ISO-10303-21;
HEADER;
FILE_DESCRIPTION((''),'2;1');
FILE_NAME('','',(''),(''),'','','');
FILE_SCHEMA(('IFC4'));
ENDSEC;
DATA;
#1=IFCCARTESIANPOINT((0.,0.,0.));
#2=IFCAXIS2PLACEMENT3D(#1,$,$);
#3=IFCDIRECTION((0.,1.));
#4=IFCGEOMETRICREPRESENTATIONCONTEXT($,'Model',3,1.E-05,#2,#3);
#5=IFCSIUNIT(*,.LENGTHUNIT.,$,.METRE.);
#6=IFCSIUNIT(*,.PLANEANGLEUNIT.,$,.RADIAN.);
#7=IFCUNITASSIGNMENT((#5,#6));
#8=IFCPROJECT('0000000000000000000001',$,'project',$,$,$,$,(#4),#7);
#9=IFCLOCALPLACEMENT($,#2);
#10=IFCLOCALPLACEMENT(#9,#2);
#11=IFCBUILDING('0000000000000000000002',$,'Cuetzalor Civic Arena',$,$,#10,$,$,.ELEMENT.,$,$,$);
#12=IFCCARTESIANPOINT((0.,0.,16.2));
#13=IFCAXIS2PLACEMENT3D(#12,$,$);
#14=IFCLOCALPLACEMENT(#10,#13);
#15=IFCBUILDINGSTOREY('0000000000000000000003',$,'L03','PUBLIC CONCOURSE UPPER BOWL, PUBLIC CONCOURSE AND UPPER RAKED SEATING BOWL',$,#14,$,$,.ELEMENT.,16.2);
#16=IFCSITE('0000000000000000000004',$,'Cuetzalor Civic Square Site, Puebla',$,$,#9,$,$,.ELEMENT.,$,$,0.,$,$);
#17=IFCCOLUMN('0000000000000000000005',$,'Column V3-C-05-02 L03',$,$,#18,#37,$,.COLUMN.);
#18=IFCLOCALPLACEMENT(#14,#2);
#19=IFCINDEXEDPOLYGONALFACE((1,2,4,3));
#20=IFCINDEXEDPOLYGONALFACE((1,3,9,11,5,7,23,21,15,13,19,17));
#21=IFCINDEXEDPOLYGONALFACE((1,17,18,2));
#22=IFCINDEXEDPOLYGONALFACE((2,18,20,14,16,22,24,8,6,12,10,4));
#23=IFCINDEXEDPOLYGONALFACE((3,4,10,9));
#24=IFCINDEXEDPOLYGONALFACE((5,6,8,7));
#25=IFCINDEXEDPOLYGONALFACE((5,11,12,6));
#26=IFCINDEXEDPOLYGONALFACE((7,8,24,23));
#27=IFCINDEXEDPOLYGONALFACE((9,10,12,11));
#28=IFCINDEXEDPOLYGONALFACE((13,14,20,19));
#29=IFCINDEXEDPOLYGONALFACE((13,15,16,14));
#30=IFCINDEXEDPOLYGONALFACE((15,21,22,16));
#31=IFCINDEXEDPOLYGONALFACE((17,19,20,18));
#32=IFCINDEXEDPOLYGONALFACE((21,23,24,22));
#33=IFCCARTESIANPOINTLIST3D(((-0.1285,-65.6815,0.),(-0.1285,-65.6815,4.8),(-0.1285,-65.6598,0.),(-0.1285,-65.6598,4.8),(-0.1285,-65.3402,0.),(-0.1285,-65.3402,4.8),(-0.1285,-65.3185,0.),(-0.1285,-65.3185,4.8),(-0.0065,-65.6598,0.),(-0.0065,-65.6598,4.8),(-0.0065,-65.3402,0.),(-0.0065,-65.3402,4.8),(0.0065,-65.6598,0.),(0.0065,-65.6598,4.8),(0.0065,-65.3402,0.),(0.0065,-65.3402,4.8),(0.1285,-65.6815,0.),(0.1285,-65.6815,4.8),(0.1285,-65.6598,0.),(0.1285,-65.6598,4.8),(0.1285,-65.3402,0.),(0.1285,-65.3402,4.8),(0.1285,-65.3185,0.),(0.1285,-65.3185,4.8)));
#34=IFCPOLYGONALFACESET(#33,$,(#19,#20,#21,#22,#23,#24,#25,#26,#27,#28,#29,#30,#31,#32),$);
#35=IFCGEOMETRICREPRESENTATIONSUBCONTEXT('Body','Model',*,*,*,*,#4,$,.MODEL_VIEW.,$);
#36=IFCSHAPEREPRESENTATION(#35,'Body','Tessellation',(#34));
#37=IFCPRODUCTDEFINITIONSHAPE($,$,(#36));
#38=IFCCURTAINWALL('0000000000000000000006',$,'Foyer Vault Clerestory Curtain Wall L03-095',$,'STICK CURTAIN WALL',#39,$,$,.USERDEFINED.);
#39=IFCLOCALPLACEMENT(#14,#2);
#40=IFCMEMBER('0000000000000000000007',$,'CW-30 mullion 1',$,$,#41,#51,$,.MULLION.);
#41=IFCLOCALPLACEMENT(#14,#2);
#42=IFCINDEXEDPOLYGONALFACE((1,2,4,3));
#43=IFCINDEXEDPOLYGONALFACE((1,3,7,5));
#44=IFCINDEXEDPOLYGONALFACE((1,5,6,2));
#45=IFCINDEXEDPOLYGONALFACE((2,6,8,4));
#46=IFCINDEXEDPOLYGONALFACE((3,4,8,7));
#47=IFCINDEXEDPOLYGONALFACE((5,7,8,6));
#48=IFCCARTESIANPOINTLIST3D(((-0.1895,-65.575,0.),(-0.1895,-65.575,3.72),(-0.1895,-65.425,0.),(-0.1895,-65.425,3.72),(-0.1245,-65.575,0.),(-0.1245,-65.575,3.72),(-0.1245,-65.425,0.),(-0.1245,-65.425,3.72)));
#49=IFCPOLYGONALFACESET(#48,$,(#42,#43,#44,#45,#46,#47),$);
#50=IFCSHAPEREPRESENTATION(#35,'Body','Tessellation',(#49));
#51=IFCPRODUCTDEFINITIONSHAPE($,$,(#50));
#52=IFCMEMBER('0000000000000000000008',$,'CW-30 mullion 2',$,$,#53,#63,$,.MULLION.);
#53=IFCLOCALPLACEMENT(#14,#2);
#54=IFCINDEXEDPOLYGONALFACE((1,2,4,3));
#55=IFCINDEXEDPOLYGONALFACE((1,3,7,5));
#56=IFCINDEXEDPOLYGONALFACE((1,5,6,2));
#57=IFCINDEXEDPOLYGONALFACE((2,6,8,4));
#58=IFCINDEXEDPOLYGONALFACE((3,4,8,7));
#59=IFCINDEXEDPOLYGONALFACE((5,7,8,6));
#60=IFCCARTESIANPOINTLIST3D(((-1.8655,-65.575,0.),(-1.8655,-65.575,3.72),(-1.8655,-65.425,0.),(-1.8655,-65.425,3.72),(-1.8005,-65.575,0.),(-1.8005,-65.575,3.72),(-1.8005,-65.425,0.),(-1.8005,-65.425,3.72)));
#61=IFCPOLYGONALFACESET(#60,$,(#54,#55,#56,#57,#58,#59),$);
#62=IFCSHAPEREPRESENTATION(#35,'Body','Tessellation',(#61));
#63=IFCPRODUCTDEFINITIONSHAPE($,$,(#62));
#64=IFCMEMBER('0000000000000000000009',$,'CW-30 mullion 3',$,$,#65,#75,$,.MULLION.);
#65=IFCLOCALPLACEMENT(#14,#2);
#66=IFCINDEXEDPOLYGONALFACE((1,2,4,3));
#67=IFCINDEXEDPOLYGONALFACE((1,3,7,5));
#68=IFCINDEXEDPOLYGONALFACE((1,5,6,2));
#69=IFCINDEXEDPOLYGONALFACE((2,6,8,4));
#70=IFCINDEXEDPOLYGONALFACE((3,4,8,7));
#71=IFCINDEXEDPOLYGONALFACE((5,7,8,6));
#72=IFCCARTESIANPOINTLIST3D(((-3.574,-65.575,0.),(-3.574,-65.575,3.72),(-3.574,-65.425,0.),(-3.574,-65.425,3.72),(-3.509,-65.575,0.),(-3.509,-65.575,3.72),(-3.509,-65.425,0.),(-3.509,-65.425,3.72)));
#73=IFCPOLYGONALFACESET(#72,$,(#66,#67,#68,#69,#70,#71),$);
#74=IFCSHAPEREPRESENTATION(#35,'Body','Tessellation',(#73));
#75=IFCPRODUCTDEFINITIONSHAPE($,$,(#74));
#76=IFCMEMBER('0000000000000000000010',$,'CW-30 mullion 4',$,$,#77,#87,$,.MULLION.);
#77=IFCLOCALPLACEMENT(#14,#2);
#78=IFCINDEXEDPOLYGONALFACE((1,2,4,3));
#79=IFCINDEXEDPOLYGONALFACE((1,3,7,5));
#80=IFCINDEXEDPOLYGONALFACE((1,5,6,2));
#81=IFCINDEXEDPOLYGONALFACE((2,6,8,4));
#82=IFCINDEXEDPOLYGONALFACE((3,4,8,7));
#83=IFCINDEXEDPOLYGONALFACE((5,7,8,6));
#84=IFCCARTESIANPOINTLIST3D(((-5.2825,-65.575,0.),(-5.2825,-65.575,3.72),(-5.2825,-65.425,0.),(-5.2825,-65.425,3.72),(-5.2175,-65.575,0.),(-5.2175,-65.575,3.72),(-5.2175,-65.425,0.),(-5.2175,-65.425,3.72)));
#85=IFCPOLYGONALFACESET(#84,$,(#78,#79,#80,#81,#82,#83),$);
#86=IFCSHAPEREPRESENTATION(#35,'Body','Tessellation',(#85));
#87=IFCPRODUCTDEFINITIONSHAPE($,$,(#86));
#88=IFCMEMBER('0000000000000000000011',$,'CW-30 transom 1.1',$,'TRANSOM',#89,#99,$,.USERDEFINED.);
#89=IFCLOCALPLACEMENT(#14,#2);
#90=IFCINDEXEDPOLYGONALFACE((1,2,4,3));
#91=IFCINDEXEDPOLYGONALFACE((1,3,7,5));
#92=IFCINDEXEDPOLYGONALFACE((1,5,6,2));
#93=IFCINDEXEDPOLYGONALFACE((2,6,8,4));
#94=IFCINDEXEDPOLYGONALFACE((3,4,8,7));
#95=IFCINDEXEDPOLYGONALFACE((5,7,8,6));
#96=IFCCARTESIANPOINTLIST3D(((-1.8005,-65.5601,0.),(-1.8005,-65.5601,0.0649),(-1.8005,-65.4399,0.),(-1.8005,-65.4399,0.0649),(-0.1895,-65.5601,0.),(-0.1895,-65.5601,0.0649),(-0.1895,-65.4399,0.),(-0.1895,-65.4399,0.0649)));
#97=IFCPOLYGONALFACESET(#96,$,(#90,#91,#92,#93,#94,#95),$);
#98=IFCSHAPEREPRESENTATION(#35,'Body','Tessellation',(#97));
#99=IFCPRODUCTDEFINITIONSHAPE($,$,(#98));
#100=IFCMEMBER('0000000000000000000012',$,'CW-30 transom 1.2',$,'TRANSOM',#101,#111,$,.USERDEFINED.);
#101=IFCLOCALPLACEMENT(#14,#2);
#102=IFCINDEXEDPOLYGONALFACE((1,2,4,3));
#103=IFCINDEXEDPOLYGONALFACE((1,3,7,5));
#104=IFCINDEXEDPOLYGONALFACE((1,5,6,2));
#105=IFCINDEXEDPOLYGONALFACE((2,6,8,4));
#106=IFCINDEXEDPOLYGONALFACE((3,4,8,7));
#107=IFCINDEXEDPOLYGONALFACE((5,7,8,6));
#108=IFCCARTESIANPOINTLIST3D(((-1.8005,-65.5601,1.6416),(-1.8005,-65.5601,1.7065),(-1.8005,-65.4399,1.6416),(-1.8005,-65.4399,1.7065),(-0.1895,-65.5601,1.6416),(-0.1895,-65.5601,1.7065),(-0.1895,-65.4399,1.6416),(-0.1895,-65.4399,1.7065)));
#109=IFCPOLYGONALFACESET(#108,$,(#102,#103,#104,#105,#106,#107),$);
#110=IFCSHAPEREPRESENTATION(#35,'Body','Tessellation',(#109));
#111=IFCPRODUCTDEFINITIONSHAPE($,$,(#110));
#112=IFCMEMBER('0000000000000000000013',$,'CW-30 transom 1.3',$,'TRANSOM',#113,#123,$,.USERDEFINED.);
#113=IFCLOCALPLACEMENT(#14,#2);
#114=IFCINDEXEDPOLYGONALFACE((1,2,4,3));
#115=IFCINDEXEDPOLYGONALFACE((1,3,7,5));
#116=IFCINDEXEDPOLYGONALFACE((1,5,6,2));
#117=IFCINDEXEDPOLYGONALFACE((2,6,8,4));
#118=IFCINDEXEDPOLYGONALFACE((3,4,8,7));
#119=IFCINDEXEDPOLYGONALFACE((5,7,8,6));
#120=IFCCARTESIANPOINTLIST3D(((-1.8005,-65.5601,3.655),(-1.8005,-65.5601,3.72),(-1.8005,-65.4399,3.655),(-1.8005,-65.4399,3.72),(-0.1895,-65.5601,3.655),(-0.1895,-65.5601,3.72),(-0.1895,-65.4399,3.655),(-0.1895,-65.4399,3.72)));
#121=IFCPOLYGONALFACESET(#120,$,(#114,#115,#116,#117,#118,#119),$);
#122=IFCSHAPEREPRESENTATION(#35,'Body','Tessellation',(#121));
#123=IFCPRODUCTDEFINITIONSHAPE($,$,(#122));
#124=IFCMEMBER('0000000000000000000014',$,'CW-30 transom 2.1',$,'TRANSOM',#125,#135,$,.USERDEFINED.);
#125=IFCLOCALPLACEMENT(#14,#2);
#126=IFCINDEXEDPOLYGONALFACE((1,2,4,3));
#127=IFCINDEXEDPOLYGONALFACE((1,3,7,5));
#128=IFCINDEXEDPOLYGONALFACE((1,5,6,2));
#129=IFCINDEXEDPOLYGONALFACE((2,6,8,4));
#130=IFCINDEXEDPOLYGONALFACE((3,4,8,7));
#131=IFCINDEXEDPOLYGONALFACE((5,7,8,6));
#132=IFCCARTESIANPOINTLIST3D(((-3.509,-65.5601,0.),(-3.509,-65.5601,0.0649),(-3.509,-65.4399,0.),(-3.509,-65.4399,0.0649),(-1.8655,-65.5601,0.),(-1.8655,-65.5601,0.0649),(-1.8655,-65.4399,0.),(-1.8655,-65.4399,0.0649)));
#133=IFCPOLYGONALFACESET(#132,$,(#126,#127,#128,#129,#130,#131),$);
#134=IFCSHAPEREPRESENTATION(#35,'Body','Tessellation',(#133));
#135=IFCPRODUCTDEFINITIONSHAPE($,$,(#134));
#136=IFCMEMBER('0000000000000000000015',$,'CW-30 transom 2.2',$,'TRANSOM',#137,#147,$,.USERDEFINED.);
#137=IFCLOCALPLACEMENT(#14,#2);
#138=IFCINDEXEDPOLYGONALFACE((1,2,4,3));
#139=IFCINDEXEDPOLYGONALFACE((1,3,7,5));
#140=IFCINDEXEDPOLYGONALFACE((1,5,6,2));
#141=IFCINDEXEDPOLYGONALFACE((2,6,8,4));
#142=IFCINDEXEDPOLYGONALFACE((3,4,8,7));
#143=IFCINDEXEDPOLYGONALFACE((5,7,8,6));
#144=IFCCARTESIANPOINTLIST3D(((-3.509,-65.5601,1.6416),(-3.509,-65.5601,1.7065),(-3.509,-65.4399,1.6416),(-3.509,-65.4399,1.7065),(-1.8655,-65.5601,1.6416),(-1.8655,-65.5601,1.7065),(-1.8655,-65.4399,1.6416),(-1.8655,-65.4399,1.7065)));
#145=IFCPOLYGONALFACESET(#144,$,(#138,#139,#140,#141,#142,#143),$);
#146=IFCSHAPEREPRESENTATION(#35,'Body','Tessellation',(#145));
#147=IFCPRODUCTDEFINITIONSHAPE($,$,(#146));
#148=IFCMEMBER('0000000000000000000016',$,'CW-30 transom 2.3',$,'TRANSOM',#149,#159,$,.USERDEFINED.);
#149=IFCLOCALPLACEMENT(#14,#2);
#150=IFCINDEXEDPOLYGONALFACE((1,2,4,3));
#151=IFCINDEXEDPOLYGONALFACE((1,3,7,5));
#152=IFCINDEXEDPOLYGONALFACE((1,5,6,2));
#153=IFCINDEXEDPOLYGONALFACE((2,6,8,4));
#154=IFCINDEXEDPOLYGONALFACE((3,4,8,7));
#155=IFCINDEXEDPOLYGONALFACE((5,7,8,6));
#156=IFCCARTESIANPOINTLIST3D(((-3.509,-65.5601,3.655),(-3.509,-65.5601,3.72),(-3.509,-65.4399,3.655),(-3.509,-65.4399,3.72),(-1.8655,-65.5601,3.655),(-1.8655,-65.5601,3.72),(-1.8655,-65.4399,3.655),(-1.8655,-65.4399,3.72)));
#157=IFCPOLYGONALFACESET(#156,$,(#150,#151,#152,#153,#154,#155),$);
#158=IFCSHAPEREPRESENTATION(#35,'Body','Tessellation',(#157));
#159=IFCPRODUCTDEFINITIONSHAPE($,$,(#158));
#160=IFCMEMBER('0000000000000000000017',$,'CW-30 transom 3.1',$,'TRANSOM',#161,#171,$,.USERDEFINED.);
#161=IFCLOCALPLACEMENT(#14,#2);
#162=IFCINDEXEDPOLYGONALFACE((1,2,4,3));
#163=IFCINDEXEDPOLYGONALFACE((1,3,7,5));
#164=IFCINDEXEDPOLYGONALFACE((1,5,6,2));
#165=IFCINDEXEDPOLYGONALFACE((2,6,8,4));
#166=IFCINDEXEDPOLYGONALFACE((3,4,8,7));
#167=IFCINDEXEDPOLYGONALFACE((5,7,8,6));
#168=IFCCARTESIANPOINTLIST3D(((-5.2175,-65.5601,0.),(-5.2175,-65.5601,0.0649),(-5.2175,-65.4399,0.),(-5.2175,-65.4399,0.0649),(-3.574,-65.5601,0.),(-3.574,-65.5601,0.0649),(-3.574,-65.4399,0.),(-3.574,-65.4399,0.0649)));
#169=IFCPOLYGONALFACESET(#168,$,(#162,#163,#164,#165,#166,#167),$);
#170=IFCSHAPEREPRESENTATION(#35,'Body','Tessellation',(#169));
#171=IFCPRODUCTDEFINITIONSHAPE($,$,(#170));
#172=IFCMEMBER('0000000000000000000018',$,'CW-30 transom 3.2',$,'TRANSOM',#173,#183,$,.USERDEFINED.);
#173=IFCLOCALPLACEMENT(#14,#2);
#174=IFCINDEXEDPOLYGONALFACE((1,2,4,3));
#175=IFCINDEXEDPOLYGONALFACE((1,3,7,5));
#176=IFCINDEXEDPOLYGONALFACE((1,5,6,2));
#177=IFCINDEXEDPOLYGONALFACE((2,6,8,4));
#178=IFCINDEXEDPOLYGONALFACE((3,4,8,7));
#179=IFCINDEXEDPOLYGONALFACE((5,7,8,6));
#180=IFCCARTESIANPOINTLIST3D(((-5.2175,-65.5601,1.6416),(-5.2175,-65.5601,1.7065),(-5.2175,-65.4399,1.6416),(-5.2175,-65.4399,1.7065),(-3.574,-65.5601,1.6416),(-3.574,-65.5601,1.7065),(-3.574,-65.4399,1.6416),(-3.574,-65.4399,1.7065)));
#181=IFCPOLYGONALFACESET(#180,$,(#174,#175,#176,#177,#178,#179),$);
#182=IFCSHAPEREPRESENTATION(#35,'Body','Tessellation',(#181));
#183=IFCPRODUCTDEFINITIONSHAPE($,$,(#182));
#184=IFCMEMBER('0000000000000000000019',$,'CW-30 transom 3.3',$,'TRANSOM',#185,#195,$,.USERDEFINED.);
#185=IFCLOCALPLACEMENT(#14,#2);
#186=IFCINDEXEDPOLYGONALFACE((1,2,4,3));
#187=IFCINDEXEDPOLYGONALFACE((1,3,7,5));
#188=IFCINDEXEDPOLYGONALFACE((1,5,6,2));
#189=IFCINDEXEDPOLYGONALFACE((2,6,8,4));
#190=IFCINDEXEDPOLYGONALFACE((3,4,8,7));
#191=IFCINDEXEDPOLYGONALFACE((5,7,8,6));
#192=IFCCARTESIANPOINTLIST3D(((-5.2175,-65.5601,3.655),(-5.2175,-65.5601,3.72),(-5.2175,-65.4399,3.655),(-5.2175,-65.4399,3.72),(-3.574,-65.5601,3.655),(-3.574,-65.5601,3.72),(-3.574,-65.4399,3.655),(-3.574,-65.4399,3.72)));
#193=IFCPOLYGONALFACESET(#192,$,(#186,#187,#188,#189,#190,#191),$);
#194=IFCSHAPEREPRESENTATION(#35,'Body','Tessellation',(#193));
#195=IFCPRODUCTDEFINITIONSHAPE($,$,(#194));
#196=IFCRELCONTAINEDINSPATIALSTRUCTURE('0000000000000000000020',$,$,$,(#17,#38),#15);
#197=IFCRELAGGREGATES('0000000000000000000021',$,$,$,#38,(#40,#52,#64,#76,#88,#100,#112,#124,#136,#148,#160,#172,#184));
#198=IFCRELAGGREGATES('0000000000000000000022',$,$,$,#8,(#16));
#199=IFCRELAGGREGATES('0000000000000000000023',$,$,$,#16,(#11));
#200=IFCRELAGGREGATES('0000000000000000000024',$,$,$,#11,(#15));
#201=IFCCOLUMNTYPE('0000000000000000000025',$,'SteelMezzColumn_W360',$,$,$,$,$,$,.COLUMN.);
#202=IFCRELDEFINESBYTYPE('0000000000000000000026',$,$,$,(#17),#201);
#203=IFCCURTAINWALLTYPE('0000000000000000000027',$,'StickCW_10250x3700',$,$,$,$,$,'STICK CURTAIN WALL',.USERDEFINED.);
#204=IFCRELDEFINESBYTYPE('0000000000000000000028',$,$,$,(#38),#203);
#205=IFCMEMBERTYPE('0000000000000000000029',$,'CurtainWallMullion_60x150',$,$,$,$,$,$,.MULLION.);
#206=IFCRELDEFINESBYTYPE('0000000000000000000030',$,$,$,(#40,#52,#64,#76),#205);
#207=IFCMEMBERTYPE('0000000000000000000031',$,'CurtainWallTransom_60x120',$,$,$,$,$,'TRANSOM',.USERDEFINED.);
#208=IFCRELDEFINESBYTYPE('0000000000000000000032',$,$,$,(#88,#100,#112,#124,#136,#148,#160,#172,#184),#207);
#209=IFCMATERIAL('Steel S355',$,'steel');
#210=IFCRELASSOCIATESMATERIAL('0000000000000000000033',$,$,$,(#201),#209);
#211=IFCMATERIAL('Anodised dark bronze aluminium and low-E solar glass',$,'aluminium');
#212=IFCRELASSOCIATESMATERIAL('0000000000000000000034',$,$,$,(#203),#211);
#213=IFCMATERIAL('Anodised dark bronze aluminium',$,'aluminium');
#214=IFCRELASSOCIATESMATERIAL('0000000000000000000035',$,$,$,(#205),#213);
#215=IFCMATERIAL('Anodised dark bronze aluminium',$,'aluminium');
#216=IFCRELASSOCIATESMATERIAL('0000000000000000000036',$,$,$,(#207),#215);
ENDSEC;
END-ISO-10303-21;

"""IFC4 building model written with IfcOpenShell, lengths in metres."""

from ifc_helpers import new_model, si_unit, direction, frame, origin, origin_2d, place, context, subcontext, project, spatial, rectangle, i_section, extrude, material, material_profile, profile_set, type_object, element, aggregate, save


model = new_model("IFC4")

# Units and contexts
model_context = context("Model", 3, precision=1e-05, world=origin(), true_north=direction((0.0, 1.0)))
body_context = subcontext(model_context, "Body", "Model", "MODEL_VIEW")
ifc_project = project(units=[si_unit("LENGTHUNIT", "METRE"), si_unit("PLANEANGLEUNIT", "RADIAN")], contexts=[model_context])

# Site, building, storey
site_placement = place(None, origin())
site = spatial("IfcSite", under=ifc_project, at=site_placement, Name="Cuetzalor Civic Square Site, Puebla", CompositionType="ELEMENT", RefElevation=0.0)
building_placement = place(site_placement, origin())
building = spatial("IfcBuilding", under=site, at=building_placement, Name="Cuetzalor Civic Arena", CompositionType="ELEMENT")
storey_placement = place(building_placement, frame((0.0, 0.0, 16.2)))
storey = spatial("IfcBuildingStorey", under=building, at=storey_placement, Name="L03", Description="PUBLIC CONCOURSE UPPER BOWL, PUBLIC CONCOURSE AND UPPER RAKED SEATING BOWL", CompositionType="ELEMENT", Elevation=16.2)

# Column
ifc_material_1 = material(Name="Steel S355", Category="steel")
ifc_material_profile_1 = material_profile(ifc_material_1, i_section(OverallWidth=0.2571, OverallDepth=0.363, WebThickness=0.0129, FlangeThickness=0.0217, at=origin_2d()), Name="W360x122")
ifc_profile_set_1 = profile_set([ifc_material_profile_1], Name="Steel S355")
column_type = type_object("IfcColumnType", Name="SteelMezzColumn_W360", PredefinedType="COLUMN", material=ifc_profile_set_1)
column_placement = place(storey_placement, frame((0.0, -65.5, 0.0), z_axis=(0.0, 0.0, 1.0), x_axis=(1.0, 0.0, 0.0)))
element("IfcColumn", 1, at=column_placement, inside=storey, type_object=column_type, Name="Column V3-C-05-02 L03", PredefinedType="COLUMN", context=body_context, shape_type="SweptSolid", body=[
    extrude(i_section(OverallWidth=0.2571, OverallDepth=0.363, WebThickness=0.0129, FlangeThickness=0.0217, at=origin_2d()), origin(), (0.0, 0.0, 1.0), 4.8),
])

# Curtain wall, members
ifc_material_2 = material(Name="Anodised dark bronze aluminium and low-E solar glass", Category="aluminium")
curtain_wall_type = type_object("IfcCurtainWallType", Name="StickCW_10250x3700", ElementType="STICK CURTAIN WALL", PredefinedType="USERDEFINED", material=ifc_material_2)
curtain_wall_placement = place(storey_placement, origin())
curtain_wall = element("IfcCurtainWall", 2, at=curtain_wall_placement, inside=storey, type_object=curtain_wall_type, Name="Foyer Vault Clerestory Curtain Wall L03-095", ObjectType="STICK CURTAIN WALL", PredefinedType="USERDEFINED")
ifc_material_3 = material(Name="Anodised dark bronze aluminium", Category="aluminium")
ifc_material_profile_2 = material_profile(ifc_material_3, rectangle(XDim=0.0649, YDim=0.1499, at=origin_2d()), Name="ALU MULLION 65x150")
ifc_profile_set_2 = profile_set([ifc_material_profile_2], Name="Anodised dark bronze aluminium")
member_type_1 = type_object("IfcMemberType", Name="CurtainWallMullion_60x150", PredefinedType="MULLION", material=ifc_profile_set_2)
member_1_placement = place(storey_placement, frame((-0.157, -65.5, 0.0), z_axis=(0.0, 0.0, 1.0), x_axis=(-1.0, 0.0, 0.0)))
member_1 = element("IfcMember", 3, at=member_1_placement, type_object=member_type_1, Name="CW-30 mullion 1", PredefinedType="MULLION", context=body_context, shape_type="SweptSolid", body=[
    extrude(rectangle(XDim=0.0649, YDim=0.1499, at=origin_2d()), origin(), (0.0, 0.0, 1.0), 3.72),
])
member_2_placement = place(storey_placement, frame((-1.833, -65.5, 0.0), z_axis=(0.0, 0.0, 1.0), x_axis=(-1.0, 0.0, 0.0)))
member_2 = element("IfcMember", 4, at=member_2_placement, type_object=member_type_1, Name="CW-30 mullion 2", PredefinedType="MULLION", context=body_context, shape_type="SweptSolid", body=[
    extrude(rectangle(XDim=0.0649, YDim=0.1499, at=origin_2d()), origin(), (0.0, 0.0, 1.0), 3.72),
])
member_3_placement = place(storey_placement, frame((-3.5415, -65.5, 0.0), z_axis=(0.0, 0.0, 1.0), x_axis=(-1.0, 0.0, 0.0)))
member_3 = element("IfcMember", 5, at=member_3_placement, type_object=member_type_1, Name="CW-30 mullion 3", PredefinedType="MULLION", context=body_context, shape_type="SweptSolid", body=[
    extrude(rectangle(XDim=0.0649, YDim=0.1499, at=origin_2d()), origin(), (0.0, 0.0, 1.0), 3.72),
])
member_4_placement = place(storey_placement, frame((-5.25, -65.5, 0.0), z_axis=(0.0, 0.0, 1.0), x_axis=(-1.0, 0.0, 0.0)))
member_4 = element("IfcMember", 6, at=member_4_placement, type_object=member_type_1, Name="CW-30 mullion 4", PredefinedType="MULLION", context=body_context, shape_type="SweptSolid", body=[
    extrude(rectangle(XDim=0.0649, YDim=0.1499, at=origin_2d()), origin(), (0.0, 0.0, 1.0), 3.72),
])
ifc_material_4 = material(Name="Anodised dark bronze aluminium", Category="aluminium")
ifc_material_profile_3 = material_profile(ifc_material_4, rectangle(XDim=0.1201, YDim=0.0649, at=origin_2d()), Name="ALU TRANSOM 65x120")
ifc_profile_set_3 = profile_set([ifc_material_profile_3], Name="Anodised dark bronze aluminium")
member_type_2 = type_object("IfcMemberType", Name="CurtainWallTransom_60x120", ElementType="TRANSOM", PredefinedType="USERDEFINED", material=ifc_profile_set_3)
member_5_placement = place(storey_placement, frame((-0.1895, -65.5, 0.0325), z_axis=(-1.0, 0.0, 0.0), x_axis=(0.0, -1.0, 0.0)))
member_5 = element("IfcMember", 7, at=member_5_placement, type_object=member_type_2, Name="CW-30 transom 1.1", ObjectType="TRANSOM", PredefinedType="USERDEFINED", context=body_context, shape_type="SweptSolid", body=[
    extrude(rectangle(XDim=0.1201, YDim=0.0649, at=origin_2d()), origin(), (0.0, 0.0, 1.0), 1.6111),
])
member_6_placement = place(storey_placement, frame((-0.1895, -65.5, 1.6741), z_axis=(-1.0, 0.0, 0.0), x_axis=(0.0, -1.0, 0.0)))
member_6 = element("IfcMember", 8, at=member_6_placement, type_object=member_type_2, Name="CW-30 transom 1.2", ObjectType="TRANSOM", PredefinedType="USERDEFINED", context=body_context, shape_type="SweptSolid", body=[
    extrude(rectangle(XDim=0.1201, YDim=0.0649, at=origin_2d()), origin(), (0.0, 0.0, 1.0), 1.6111),
])
member_7_placement = place(storey_placement, frame((-0.1895, -65.5, 3.6875), z_axis=(-1.0, 0.0, 0.0), x_axis=(0.0, -1.0, 0.0)))
member_7 = element("IfcMember", 9, at=member_7_placement, type_object=member_type_2, Name="CW-30 transom 1.3", ObjectType="TRANSOM", PredefinedType="USERDEFINED", context=body_context, shape_type="SweptSolid", body=[
    extrude(rectangle(XDim=0.1201, YDim=0.0649, at=origin_2d()), origin(), (0.0, 0.0, 1.0), 1.6111),
])
member_8_placement = place(storey_placement, frame((-1.8655, -65.5, 0.0325), z_axis=(-1.0, 0.0, 0.0), x_axis=(0.0, -1.0, 0.0)))
member_8 = element("IfcMember", 10, at=member_8_placement, type_object=member_type_2, Name="CW-30 transom 2.1", ObjectType="TRANSOM", PredefinedType="USERDEFINED", context=body_context, shape_type="SweptSolid", body=[
    extrude(rectangle(XDim=0.1201, YDim=0.0649, at=origin_2d()), origin(), (0.0, 0.0, 1.0), 1.6436),
])
member_9_placement = place(storey_placement, frame((-1.8655, -65.5, 1.6741), z_axis=(-1.0, 0.0, 0.0), x_axis=(0.0, -1.0, 0.0)))
member_9 = element("IfcMember", 11, at=member_9_placement, type_object=member_type_2, Name="CW-30 transom 2.2", ObjectType="TRANSOM", PredefinedType="USERDEFINED", context=body_context, shape_type="SweptSolid", body=[
    extrude(rectangle(XDim=0.1201, YDim=0.0649, at=origin_2d()), origin(), (0.0, 0.0, 1.0), 1.6436),
])
member_10_placement = place(storey_placement, frame((-1.8655, -65.5, 3.6875), z_axis=(-1.0, 0.0, 0.0), x_axis=(0.0, -1.0, 0.0)))
member_10 = element("IfcMember", 12, at=member_10_placement, type_object=member_type_2, Name="CW-30 transom 2.3", ObjectType="TRANSOM", PredefinedType="USERDEFINED", context=body_context, shape_type="SweptSolid", body=[
    extrude(rectangle(XDim=0.1201, YDim=0.0649, at=origin_2d()), origin(), (0.0, 0.0, 1.0), 1.6436),
])
member_11_placement = place(storey_placement, frame((-3.574, -65.5, 0.0325), z_axis=(-1.0, 0.0, 0.0), x_axis=(0.0, -1.0, 0.0)))
member_11 = element("IfcMember", 13, at=member_11_placement, type_object=member_type_2, Name="CW-30 transom 3.1", ObjectType="TRANSOM", PredefinedType="USERDEFINED", context=body_context, shape_type="SweptSolid", body=[
    extrude(rectangle(XDim=0.1201, YDim=0.0649, at=origin_2d()), origin(), (0.0, 0.0, 1.0), 1.6436),
])
member_12_placement = place(storey_placement, frame((-3.574, -65.5, 1.6741), z_axis=(-1.0, 0.0, 0.0), x_axis=(0.0, -1.0, 0.0)))
member_12 = element("IfcMember", 14, at=member_12_placement, type_object=member_type_2, Name="CW-30 transom 3.2", ObjectType="TRANSOM", PredefinedType="USERDEFINED", context=body_context, shape_type="SweptSolid", body=[
    extrude(rectangle(XDim=0.1201, YDim=0.0649, at=origin_2d()), origin(), (0.0, 0.0, 1.0), 1.6436),
])
member_13_placement = place(storey_placement, frame((-3.574, -65.5, 3.6875), z_axis=(-1.0, 0.0, 0.0), x_axis=(0.0, -1.0, 0.0)))
member_13 = element("IfcMember", 15, at=member_13_placement, type_object=member_type_2, Name="CW-30 transom 3.3", ObjectType="TRANSOM", PredefinedType="USERDEFINED", context=body_context, shape_type="SweptSolid", body=[
    extrude(rectangle(XDim=0.1201, YDim=0.0649, at=origin_2d()), origin(), (0.0, 0.0, 1.0), 1.6436),
])
aggregate(curtain_wall, [member_1, member_2, member_3, member_4, member_5, member_6, member_7, member_8, member_9, member_10, member_11, member_12, member_13])

save(model, "model.ifc")
